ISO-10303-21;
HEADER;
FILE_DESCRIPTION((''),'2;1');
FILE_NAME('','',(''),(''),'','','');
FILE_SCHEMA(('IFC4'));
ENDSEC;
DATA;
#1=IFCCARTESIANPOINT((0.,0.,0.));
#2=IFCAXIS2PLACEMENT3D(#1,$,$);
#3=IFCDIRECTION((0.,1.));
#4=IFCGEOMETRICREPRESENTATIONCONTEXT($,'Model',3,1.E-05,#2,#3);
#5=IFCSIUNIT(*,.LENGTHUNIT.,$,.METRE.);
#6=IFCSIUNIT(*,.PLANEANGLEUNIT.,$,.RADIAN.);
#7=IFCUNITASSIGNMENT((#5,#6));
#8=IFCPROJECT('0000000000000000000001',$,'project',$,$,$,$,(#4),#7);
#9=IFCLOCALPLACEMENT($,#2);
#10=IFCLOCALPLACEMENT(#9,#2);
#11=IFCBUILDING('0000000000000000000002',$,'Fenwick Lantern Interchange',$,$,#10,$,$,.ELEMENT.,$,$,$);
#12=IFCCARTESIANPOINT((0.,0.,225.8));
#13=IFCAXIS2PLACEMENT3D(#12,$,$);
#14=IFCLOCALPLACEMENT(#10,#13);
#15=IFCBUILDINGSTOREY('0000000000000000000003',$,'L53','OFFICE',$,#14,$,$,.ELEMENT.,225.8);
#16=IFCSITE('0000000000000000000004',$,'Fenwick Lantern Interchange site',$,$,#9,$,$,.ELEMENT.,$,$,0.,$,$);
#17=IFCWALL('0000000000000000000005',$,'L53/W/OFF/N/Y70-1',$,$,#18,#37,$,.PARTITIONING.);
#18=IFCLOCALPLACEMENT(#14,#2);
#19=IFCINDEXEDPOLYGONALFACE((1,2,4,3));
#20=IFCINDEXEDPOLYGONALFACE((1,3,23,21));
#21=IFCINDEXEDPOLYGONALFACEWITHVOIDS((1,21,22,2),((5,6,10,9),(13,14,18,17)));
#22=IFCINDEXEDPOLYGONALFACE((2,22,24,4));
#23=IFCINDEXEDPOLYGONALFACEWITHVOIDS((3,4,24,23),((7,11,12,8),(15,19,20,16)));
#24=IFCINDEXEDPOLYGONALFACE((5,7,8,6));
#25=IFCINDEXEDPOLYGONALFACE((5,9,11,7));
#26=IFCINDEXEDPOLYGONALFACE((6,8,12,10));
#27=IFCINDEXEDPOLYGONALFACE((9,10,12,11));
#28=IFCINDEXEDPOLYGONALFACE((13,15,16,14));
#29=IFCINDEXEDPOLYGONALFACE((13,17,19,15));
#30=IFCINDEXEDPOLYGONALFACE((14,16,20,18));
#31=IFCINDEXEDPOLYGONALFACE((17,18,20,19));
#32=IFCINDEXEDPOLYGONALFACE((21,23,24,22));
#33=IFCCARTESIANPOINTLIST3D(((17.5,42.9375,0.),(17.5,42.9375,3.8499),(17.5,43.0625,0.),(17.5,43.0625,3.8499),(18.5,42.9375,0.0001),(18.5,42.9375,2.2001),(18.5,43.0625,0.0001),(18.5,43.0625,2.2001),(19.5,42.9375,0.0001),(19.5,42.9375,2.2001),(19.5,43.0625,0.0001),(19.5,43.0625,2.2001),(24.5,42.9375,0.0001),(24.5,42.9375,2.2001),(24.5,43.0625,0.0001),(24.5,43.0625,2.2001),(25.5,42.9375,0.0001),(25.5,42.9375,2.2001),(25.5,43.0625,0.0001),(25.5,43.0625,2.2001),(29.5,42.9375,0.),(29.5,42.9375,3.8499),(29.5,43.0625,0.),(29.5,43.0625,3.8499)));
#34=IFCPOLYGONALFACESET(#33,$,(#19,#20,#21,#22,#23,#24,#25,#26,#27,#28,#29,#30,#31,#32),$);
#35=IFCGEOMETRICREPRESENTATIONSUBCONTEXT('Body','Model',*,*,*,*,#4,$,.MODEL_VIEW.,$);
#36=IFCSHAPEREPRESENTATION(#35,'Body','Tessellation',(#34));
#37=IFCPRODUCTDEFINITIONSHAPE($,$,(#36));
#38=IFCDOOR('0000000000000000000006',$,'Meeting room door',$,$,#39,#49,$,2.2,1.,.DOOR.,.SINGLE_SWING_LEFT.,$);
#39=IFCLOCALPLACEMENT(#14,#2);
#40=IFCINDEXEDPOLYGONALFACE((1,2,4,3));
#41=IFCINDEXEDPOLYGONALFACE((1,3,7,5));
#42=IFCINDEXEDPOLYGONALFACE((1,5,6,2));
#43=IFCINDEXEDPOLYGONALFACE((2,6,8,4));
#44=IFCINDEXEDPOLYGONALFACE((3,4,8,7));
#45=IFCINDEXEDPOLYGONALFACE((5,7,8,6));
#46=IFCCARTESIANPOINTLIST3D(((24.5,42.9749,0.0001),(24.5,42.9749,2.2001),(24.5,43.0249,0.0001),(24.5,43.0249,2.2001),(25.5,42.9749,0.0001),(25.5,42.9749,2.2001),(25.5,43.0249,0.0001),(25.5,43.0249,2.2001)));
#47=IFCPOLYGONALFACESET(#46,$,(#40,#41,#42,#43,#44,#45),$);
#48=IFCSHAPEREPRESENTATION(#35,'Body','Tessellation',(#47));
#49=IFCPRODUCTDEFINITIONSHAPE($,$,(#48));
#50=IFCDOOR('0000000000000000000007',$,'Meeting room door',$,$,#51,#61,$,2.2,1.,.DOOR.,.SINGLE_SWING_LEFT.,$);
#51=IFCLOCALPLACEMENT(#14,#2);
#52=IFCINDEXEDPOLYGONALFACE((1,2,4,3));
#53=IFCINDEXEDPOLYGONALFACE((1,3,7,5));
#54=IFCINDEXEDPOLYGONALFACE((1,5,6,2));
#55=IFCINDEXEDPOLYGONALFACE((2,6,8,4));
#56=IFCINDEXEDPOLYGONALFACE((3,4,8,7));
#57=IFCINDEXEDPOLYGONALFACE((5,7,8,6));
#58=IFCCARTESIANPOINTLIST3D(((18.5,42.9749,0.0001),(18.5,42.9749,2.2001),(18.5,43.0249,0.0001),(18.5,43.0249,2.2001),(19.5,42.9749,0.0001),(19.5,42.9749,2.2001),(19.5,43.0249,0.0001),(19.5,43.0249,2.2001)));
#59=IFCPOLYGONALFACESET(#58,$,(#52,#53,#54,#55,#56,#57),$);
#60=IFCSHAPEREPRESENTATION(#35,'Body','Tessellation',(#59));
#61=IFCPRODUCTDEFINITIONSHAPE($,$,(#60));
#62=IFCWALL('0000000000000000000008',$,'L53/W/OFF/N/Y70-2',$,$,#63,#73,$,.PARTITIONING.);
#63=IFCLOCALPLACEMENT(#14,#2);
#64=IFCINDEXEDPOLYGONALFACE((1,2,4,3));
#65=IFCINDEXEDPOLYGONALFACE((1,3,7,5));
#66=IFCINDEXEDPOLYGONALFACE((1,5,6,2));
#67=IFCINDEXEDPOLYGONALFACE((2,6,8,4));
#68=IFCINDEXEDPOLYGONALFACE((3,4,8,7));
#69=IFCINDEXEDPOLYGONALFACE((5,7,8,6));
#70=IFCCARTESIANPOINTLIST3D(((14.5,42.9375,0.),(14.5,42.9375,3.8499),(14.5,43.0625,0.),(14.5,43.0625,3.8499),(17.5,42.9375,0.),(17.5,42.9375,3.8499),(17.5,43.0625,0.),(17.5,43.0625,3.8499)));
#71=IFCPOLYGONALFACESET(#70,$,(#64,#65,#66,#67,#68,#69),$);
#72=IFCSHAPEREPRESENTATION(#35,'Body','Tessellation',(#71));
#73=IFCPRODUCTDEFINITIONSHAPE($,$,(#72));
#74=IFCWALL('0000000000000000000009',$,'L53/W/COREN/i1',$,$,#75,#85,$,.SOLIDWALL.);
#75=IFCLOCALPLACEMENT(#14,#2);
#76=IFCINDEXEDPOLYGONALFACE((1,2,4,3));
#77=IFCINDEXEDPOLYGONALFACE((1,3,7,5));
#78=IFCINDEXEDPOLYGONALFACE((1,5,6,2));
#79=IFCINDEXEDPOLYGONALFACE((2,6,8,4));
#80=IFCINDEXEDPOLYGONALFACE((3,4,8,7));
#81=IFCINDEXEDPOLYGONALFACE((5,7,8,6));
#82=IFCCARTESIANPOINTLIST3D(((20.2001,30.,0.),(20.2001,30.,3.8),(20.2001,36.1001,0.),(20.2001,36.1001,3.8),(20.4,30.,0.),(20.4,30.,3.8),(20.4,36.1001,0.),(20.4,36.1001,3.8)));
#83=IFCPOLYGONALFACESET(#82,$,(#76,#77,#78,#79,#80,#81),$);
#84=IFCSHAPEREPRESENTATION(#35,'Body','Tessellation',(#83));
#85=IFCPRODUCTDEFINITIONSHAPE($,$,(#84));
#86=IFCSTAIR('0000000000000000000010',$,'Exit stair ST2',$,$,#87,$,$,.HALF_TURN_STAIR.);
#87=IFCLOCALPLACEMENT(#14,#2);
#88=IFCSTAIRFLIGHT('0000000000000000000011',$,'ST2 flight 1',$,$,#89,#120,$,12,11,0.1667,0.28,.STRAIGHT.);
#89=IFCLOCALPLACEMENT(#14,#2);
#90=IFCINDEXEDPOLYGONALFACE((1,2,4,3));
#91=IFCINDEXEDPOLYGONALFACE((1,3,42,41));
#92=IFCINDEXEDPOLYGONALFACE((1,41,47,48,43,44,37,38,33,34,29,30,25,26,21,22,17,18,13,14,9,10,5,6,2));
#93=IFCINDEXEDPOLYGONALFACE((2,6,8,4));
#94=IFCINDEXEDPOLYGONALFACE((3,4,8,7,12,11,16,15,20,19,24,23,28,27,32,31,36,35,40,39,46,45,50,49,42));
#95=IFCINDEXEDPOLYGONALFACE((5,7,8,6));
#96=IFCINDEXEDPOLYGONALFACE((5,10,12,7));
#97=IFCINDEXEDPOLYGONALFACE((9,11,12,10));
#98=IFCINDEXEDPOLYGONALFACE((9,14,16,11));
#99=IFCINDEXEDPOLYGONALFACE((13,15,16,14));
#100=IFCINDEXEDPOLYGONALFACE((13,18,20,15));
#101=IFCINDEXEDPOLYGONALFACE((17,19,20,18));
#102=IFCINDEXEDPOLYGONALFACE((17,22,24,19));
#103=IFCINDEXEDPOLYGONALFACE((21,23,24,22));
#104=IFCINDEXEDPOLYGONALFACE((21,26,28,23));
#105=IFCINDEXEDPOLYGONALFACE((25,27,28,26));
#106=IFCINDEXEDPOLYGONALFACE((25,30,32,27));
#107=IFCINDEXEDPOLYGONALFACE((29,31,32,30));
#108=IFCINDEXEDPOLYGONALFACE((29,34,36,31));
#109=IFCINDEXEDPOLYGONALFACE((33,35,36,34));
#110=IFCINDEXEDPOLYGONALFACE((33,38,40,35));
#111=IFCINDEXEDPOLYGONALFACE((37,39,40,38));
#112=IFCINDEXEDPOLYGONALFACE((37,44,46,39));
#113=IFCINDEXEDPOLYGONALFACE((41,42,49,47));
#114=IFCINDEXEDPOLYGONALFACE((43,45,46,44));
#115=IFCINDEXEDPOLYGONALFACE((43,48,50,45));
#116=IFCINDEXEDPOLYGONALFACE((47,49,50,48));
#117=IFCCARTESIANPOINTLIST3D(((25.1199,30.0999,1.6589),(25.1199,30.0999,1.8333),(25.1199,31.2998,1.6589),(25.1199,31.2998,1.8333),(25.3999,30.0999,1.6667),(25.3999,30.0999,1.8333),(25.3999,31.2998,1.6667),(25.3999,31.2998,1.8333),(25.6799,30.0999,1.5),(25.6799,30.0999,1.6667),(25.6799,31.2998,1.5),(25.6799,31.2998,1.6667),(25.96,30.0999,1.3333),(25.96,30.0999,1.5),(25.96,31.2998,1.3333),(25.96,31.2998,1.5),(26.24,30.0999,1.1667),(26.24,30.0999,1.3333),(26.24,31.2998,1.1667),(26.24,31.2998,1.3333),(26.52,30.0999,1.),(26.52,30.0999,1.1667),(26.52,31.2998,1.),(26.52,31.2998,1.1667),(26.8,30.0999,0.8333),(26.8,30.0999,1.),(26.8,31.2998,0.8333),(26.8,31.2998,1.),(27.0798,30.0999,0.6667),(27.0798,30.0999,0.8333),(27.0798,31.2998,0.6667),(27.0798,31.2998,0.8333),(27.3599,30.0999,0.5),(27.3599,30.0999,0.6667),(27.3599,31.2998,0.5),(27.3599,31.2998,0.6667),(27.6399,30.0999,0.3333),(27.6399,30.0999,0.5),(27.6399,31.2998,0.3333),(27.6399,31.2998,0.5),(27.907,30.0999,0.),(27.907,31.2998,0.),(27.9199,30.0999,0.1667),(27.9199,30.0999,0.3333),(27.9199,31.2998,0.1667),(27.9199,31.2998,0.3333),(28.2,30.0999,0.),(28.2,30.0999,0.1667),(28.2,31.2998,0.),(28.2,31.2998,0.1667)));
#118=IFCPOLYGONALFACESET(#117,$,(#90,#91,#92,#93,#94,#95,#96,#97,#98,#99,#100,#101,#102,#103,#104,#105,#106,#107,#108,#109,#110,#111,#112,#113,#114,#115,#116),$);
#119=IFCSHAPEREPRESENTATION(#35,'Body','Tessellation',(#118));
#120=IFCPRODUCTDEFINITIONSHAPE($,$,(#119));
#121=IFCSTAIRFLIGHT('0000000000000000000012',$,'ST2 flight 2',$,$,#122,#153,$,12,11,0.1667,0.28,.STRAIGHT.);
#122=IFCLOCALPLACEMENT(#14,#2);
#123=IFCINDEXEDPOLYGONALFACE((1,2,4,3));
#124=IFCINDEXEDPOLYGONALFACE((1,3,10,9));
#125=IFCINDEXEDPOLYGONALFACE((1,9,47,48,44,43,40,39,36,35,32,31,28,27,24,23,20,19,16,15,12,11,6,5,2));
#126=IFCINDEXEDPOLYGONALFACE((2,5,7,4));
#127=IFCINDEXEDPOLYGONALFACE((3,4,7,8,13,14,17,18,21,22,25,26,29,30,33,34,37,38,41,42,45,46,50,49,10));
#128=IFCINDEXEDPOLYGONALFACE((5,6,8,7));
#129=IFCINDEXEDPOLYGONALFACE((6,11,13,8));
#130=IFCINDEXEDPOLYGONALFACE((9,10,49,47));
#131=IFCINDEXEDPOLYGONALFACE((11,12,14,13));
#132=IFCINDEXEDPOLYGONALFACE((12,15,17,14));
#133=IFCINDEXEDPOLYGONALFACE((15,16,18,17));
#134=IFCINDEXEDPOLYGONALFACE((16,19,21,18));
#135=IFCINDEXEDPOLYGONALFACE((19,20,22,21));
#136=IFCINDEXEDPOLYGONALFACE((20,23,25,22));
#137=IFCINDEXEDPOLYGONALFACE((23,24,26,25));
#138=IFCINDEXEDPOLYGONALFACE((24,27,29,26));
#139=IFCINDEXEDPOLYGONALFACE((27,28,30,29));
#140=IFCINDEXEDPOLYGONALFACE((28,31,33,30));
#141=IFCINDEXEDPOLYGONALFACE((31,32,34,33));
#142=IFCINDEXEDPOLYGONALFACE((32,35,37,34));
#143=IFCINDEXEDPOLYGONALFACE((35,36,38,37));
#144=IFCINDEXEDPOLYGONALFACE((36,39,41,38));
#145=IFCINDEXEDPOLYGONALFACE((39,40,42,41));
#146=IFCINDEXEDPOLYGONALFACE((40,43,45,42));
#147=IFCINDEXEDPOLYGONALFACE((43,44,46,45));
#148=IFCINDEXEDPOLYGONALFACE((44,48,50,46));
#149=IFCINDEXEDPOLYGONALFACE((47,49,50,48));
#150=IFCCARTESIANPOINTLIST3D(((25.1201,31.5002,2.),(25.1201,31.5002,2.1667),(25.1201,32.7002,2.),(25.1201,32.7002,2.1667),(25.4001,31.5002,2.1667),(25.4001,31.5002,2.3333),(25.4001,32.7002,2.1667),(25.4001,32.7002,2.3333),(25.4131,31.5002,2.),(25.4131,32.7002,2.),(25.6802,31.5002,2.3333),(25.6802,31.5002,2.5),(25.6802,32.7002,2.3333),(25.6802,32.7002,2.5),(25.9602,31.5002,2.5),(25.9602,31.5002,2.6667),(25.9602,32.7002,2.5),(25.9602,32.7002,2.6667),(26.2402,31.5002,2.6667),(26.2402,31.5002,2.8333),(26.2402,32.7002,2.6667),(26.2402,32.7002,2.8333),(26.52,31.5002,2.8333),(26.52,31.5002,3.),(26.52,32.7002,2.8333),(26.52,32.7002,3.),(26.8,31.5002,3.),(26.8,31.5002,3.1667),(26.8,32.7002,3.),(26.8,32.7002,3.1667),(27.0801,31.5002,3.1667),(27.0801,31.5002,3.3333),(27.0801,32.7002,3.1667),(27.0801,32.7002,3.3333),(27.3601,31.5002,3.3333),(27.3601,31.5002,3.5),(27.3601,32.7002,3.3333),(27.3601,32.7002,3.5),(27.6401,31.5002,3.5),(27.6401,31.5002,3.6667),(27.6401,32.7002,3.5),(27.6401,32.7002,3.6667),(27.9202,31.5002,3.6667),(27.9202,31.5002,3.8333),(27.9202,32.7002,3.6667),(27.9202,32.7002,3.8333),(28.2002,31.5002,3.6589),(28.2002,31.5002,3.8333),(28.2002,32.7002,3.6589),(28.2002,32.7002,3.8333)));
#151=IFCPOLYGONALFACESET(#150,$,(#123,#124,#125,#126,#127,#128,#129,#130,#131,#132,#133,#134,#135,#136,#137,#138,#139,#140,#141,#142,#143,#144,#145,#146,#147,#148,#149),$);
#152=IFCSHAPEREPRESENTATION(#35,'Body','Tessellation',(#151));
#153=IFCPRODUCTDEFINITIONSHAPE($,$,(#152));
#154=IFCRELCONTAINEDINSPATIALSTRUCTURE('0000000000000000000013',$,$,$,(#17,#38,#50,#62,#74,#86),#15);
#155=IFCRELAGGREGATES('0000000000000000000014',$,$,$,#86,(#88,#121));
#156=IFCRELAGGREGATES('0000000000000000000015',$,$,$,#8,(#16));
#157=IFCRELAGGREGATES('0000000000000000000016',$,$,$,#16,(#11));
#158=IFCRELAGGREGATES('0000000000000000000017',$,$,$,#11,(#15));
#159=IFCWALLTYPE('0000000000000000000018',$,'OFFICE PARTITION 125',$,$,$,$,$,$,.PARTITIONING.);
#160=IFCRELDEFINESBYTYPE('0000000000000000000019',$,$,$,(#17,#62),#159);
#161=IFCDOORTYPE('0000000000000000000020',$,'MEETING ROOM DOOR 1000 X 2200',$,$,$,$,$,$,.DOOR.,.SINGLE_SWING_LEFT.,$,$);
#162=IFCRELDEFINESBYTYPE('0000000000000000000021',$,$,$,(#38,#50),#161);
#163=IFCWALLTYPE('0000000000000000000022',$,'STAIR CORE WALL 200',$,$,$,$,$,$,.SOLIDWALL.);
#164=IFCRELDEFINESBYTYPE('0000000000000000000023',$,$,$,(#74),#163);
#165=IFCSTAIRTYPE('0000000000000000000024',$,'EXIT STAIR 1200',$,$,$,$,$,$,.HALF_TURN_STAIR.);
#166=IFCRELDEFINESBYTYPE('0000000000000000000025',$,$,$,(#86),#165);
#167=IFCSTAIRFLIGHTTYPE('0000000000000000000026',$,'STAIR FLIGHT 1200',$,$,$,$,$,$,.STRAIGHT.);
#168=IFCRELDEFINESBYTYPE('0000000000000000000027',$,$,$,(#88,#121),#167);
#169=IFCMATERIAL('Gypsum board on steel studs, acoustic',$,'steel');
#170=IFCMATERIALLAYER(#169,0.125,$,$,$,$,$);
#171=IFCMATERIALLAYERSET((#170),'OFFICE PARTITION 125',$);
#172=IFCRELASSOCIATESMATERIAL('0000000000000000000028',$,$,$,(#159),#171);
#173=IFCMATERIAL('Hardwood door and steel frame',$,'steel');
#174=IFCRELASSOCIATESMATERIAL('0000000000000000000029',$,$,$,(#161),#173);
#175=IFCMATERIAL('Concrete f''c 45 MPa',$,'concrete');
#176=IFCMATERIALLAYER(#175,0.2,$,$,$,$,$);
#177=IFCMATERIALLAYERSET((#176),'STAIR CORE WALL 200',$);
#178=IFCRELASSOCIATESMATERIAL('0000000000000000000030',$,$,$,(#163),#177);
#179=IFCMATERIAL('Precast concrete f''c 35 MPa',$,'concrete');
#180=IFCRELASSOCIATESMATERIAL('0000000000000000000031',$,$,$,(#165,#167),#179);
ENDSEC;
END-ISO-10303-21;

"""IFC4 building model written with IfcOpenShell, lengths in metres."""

from ifc_helpers import new_model, si_unit, direction, frame, frame_2d, origin, place, context, subcontext, project, spatial, polyline, rectangle, outline, extrude, material, layer, layer_set, type_object, element, fill, aggregate, save


model = new_model("IFC4")

# Units and contexts
model_context = context("Model", 3, precision=1e-05, world=origin(), true_north=direction((0.0, 1.0)))
body_context = subcontext(model_context, "Body", "Model", "MODEL_VIEW")
ifc_project = project(units=[si_unit("LENGTHUNIT", "METRE"), si_unit("PLANEANGLEUNIT", "RADIAN")], contexts=[model_context])

# Site, building, storey
site_placement = place(None, origin())
site = spatial("IfcSite", under=ifc_project, at=site_placement, Name="Fenwick Lantern Interchange site", CompositionType="ELEMENT", RefElevation=0.0)
building_placement = place(site_placement, origin())
building = spatial("IfcBuilding", under=site, at=building_placement, Name="Fenwick Lantern Interchange", CompositionType="ELEMENT")
storey_placement = place(building_placement, frame((0.0, 0.0, 225.8)))
storey = spatial("IfcBuildingStorey", under=building, at=storey_placement, Name="L53", Description="OFFICE", CompositionType="ELEMENT", Elevation=225.8)

# Shared definitions
ifc_material_1 = material(Name="Hardwood door and steel frame", Category="steel")

# Shared definitions
ifc_material_2 = material(Name="Gypsum board on steel studs, acoustic", Category="steel")
ifc_layer_1 = layer(ifc_material_2, 0.125)
ifc_layer_set_1 = layer_set([ifc_layer_1], Name="OFFICE PARTITION 125")
wall_type_1 = type_object("IfcWallType", Name="OFFICE PARTITION 125", PredefinedType="PARTITIONING", material=ifc_layer_set_1)

# Wall, openings, doors
wall_1_placement = place(storey_placement, frame((29.5, 43.0, 0.0), z_axis=(0.0, 0.0, 1.0), x_axis=(-1.0, 0.0, 0.0)))
wall_1 = element("IfcWall", 1, at=wall_1_placement, inside=storey, type_object=wall_type_1, Name="L53/W/OFF/N/Y70-1", PredefinedType="PARTITIONING", context=body_context, shape_type="SweptSolid", body=[
    extrude(rectangle(XDim=12.0, YDim=0.125, at=frame_2d((6.0, 0.0))), origin(), (0.0, 0.0, 1.0), 3.8499),
])
opening_1_placement = place(wall_1_placement, frame((4.0, 0.0, 0.0)))
opening_1 = element("IfcOpeningElement", 2, at=opening_1_placement, cuts=wall_1, PredefinedType="OPENING", context=body_context, shape_type="SweptSolid", body=[
    extrude(rectangle(XDim=1.0, YDim=2.2, at=frame_2d((0.5, 1.1001))), frame((0.0, 0.0725, 0.0), z_axis=(0.0, -1.0, 0.0), x_axis=(1.0, 0.0, 0.0)), (0.0, 0.0, 1.0), 0.145),
])
opening_2_placement = place(wall_1_placement, frame((10.0, 0.0, 0.0)))
opening_2 = element("IfcOpeningElement", 3, at=opening_2_placement, cuts=wall_1, PredefinedType="OPENING", context=body_context, shape_type="SweptSolid", body=[
    extrude(rectangle(XDim=1.0, YDim=2.2, at=frame_2d((0.5, 1.1001))), frame((0.0, 0.0725, 0.0), z_axis=(0.0, -1.0, 0.0), x_axis=(1.0, 0.0, 0.0)), (0.0, 0.0, 1.0), 0.145),
])
door_type_1 = type_object("IfcDoorType", Name="MEETING ROOM DOOR 1000 X 2200", OperationType="SINGLE_SWING_LEFT", PredefinedType="DOOR", material=ifc_material_1)
door_1_placement = place(opening_1_placement, frame((1.0, 0.0, 0.0), z_axis=(0.0, 0.0, 1.0), x_axis=(-1.0, 0.0, 0.0)))
door_1 = element("IfcDoor", 4, at=door_1_placement, inside=storey, type_object=door_type_1, Name="Meeting room door", OperationType="SINGLE_SWING_LEFT", OverallHeight=2.2, OverallWidth=1.0, PredefinedType="DOOR", context=body_context, shape_type="SweptSolid", body=[
    extrude(rectangle(XDim=1.0, YDim=2.2, at=frame_2d((0.5, 1.1001))), frame((0.0, 0.0249, 0.0), z_axis=(0.0, -1.0, 0.0), x_axis=(1.0, 0.0, 0.0)), (0.0, 0.0, 1.0), 0.05),
])
fill(opening_1, door_1)
door_2_placement = place(opening_2_placement, frame((1.0, 0.0, 0.0), z_axis=(0.0, 0.0, 1.0), x_axis=(-1.0, 0.0, 0.0)))
door_2 = element("IfcDoor", 5, at=door_2_placement, inside=storey, type_object=door_type_1, Name="Meeting room door", OperationType="SINGLE_SWING_LEFT", OverallHeight=2.2, OverallWidth=1.0, PredefinedType="DOOR", context=body_context, shape_type="SweptSolid", body=[
    extrude(rectangle(XDim=1.0, YDim=2.2, at=frame_2d((0.5, 1.1001))), frame((0.0, 0.0249, 0.0), z_axis=(0.0, -1.0, 0.0), x_axis=(1.0, 0.0, 0.0)), (0.0, 0.0, 1.0), 0.05),
])
fill(opening_2, door_2)

# Walls
wall_2_placement = place(storey_placement, frame((17.5, 43.0, 0.0), z_axis=(0.0, 0.0, 1.0), x_axis=(-1.0, 0.0, 0.0)))
element("IfcWall", 6, at=wall_2_placement, inside=storey, type_object=wall_type_1, Name="L53/W/OFF/N/Y70-2", PredefinedType="PARTITIONING", context=body_context, shape_type="SweptSolid", body=[
    extrude(rectangle(XDim=3.0, YDim=0.125, at=frame_2d((1.5, 0.0))), origin(), (0.0, 0.0, 1.0), 3.8499),
])
ifc_material_3 = material(Name="Concrete f'c 45 MPa", Category="concrete")
ifc_layer_2 = layer(ifc_material_3, 0.2)
ifc_layer_set_2 = layer_set([ifc_layer_2], Name="STAIR CORE WALL 200")
wall_type_2 = type_object("IfcWallType", Name="STAIR CORE WALL 200", PredefinedType="SOLIDWALL", material=ifc_layer_set_2)
wall_3_placement = place(storey_placement, frame((20.3, 36.1001, 0.0), z_axis=(0.0, 0.0, 1.0), x_axis=(0.0, -1.0, 0.0)))
element("IfcWall", 7, at=wall_3_placement, inside=storey, type_object=wall_type_2, Name="L53/W/COREN/i1", PredefinedType="SOLIDWALL", context=body_context, shape_type="SweptSolid", body=[
    extrude(rectangle(XDim=6.1001, YDim=0.2, at=frame_2d((3.05, 0.0))), origin(), (0.0, 0.0, 1.0), 3.8),
])

# Stair, stair flights
ifc_material_4 = material(Name="Precast concrete f'c 35 MPa", Category="concrete")
stair_type = type_object("IfcStairType", Name="EXIT STAIR 1200", PredefinedType="HALF_TURN_STAIR", material=ifc_material_4)
stair_placement = place(storey_placement, origin())
stair = element("IfcStair", 8, at=stair_placement, inside=storey, type_object=stair_type, Name="Exit stair ST2", PredefinedType="HALF_TURN_STAIR")
stair_flight_type = type_object("IfcStairFlightType", Name="STAIR FLIGHT 1200", PredefinedType="STRAIGHT", material=ifc_material_4)
stair_flight_1_placement = place(storey_placement, frame((28.2, 30.7, 0.0), z_axis=(0.0, 0.0, 1.0), x_axis=(-1.0, 0.0, 0.0)))
stair_flight_1 = element("IfcStairFlight", 9, at=stair_flight_1_placement, type_object=stair_flight_type, Name="ST2 flight 1", NumberOfRisers=12, NumberOfTreads=11, PredefinedType="STRAIGHT", RiserHeight=0.1667, TreadLength=0.28, context=body_context, shape_type="SweptSolid", body=[
    extrude(outline(polyline([(0.0, 0.0), (0.0, 0.1667), (0.28, 0.1667), (0.28, 0.3333), (0.5601, 0.3333), (0.5601, 0.5), (0.8401, 0.5), (0.8401, 0.6667), (1.1201, 0.6667), (1.1201, 0.8333), (1.3999, 0.8333), (1.3999, 1.0), (1.6799, 1.0), (1.6799, 1.1667), (1.96, 1.1667), (1.96, 1.3333), (2.24, 1.3333), (2.24, 1.5), (2.52, 1.5), (2.52, 1.6667), (2.8, 1.6667), (2.8, 1.8333), (3.0801, 1.8333), (3.0801, 2.0), (3.0801, 1.6589), (0.293, 0.0), (0.0, 0.0)])), frame((0.0, 0.6001, 0.0), z_axis=(0.0, -1.0, 0.0), x_axis=(1.0, 0.0, 0.0)), (0.0, 0.0, 1.0), 1.2),
])
stair_flight_2_placement = place(storey_placement, frame((25.1201, 32.1001, 2.0), z_axis=(0.0, 0.0, 1.0), x_axis=(1.0, 0.0, 0.0)))
stair_flight_2 = element("IfcStairFlight", 10, at=stair_flight_2_placement, type_object=stair_flight_type, Name="ST2 flight 2", NumberOfRisers=12, NumberOfTreads=11, PredefinedType="STRAIGHT", RiserHeight=0.1667, TreadLength=0.28, context=body_context, shape_type="SweptSolid", body=[
    extrude(outline(polyline([(0.0, 0.0), (0.0, 0.1667), (0.28, 0.1667), (0.28, 0.3333), (0.5601, 0.3333), (0.5601, 0.5), (0.8401, 0.5), (0.8401, 0.6667), (1.1201, 0.6667), (1.1201, 0.8333), (1.3999, 0.8333), (1.3999, 1.0), (1.6799, 1.0), (1.6799, 1.1667), (1.96, 1.1667), (1.96, 1.3333), (2.24, 1.3333), (2.24, 1.5), (2.52, 1.5), (2.52, 1.6667), (2.8, 1.6667), (2.8, 1.8333), (3.0801, 1.8333), (3.0801, 2.0), (3.0801, 1.6589), (0.293, 0.0), (0.0, 0.0)])), frame((0.0, 0.6001, 0.0), z_axis=(0.0, -1.0, 0.0), x_axis=(1.0, 0.0, 0.0)), (0.0, 0.0, 1.0), 1.2),
])
aggregate(stair, [stair_flight_1, stair_flight_2])

save(model, "model.ifc")
